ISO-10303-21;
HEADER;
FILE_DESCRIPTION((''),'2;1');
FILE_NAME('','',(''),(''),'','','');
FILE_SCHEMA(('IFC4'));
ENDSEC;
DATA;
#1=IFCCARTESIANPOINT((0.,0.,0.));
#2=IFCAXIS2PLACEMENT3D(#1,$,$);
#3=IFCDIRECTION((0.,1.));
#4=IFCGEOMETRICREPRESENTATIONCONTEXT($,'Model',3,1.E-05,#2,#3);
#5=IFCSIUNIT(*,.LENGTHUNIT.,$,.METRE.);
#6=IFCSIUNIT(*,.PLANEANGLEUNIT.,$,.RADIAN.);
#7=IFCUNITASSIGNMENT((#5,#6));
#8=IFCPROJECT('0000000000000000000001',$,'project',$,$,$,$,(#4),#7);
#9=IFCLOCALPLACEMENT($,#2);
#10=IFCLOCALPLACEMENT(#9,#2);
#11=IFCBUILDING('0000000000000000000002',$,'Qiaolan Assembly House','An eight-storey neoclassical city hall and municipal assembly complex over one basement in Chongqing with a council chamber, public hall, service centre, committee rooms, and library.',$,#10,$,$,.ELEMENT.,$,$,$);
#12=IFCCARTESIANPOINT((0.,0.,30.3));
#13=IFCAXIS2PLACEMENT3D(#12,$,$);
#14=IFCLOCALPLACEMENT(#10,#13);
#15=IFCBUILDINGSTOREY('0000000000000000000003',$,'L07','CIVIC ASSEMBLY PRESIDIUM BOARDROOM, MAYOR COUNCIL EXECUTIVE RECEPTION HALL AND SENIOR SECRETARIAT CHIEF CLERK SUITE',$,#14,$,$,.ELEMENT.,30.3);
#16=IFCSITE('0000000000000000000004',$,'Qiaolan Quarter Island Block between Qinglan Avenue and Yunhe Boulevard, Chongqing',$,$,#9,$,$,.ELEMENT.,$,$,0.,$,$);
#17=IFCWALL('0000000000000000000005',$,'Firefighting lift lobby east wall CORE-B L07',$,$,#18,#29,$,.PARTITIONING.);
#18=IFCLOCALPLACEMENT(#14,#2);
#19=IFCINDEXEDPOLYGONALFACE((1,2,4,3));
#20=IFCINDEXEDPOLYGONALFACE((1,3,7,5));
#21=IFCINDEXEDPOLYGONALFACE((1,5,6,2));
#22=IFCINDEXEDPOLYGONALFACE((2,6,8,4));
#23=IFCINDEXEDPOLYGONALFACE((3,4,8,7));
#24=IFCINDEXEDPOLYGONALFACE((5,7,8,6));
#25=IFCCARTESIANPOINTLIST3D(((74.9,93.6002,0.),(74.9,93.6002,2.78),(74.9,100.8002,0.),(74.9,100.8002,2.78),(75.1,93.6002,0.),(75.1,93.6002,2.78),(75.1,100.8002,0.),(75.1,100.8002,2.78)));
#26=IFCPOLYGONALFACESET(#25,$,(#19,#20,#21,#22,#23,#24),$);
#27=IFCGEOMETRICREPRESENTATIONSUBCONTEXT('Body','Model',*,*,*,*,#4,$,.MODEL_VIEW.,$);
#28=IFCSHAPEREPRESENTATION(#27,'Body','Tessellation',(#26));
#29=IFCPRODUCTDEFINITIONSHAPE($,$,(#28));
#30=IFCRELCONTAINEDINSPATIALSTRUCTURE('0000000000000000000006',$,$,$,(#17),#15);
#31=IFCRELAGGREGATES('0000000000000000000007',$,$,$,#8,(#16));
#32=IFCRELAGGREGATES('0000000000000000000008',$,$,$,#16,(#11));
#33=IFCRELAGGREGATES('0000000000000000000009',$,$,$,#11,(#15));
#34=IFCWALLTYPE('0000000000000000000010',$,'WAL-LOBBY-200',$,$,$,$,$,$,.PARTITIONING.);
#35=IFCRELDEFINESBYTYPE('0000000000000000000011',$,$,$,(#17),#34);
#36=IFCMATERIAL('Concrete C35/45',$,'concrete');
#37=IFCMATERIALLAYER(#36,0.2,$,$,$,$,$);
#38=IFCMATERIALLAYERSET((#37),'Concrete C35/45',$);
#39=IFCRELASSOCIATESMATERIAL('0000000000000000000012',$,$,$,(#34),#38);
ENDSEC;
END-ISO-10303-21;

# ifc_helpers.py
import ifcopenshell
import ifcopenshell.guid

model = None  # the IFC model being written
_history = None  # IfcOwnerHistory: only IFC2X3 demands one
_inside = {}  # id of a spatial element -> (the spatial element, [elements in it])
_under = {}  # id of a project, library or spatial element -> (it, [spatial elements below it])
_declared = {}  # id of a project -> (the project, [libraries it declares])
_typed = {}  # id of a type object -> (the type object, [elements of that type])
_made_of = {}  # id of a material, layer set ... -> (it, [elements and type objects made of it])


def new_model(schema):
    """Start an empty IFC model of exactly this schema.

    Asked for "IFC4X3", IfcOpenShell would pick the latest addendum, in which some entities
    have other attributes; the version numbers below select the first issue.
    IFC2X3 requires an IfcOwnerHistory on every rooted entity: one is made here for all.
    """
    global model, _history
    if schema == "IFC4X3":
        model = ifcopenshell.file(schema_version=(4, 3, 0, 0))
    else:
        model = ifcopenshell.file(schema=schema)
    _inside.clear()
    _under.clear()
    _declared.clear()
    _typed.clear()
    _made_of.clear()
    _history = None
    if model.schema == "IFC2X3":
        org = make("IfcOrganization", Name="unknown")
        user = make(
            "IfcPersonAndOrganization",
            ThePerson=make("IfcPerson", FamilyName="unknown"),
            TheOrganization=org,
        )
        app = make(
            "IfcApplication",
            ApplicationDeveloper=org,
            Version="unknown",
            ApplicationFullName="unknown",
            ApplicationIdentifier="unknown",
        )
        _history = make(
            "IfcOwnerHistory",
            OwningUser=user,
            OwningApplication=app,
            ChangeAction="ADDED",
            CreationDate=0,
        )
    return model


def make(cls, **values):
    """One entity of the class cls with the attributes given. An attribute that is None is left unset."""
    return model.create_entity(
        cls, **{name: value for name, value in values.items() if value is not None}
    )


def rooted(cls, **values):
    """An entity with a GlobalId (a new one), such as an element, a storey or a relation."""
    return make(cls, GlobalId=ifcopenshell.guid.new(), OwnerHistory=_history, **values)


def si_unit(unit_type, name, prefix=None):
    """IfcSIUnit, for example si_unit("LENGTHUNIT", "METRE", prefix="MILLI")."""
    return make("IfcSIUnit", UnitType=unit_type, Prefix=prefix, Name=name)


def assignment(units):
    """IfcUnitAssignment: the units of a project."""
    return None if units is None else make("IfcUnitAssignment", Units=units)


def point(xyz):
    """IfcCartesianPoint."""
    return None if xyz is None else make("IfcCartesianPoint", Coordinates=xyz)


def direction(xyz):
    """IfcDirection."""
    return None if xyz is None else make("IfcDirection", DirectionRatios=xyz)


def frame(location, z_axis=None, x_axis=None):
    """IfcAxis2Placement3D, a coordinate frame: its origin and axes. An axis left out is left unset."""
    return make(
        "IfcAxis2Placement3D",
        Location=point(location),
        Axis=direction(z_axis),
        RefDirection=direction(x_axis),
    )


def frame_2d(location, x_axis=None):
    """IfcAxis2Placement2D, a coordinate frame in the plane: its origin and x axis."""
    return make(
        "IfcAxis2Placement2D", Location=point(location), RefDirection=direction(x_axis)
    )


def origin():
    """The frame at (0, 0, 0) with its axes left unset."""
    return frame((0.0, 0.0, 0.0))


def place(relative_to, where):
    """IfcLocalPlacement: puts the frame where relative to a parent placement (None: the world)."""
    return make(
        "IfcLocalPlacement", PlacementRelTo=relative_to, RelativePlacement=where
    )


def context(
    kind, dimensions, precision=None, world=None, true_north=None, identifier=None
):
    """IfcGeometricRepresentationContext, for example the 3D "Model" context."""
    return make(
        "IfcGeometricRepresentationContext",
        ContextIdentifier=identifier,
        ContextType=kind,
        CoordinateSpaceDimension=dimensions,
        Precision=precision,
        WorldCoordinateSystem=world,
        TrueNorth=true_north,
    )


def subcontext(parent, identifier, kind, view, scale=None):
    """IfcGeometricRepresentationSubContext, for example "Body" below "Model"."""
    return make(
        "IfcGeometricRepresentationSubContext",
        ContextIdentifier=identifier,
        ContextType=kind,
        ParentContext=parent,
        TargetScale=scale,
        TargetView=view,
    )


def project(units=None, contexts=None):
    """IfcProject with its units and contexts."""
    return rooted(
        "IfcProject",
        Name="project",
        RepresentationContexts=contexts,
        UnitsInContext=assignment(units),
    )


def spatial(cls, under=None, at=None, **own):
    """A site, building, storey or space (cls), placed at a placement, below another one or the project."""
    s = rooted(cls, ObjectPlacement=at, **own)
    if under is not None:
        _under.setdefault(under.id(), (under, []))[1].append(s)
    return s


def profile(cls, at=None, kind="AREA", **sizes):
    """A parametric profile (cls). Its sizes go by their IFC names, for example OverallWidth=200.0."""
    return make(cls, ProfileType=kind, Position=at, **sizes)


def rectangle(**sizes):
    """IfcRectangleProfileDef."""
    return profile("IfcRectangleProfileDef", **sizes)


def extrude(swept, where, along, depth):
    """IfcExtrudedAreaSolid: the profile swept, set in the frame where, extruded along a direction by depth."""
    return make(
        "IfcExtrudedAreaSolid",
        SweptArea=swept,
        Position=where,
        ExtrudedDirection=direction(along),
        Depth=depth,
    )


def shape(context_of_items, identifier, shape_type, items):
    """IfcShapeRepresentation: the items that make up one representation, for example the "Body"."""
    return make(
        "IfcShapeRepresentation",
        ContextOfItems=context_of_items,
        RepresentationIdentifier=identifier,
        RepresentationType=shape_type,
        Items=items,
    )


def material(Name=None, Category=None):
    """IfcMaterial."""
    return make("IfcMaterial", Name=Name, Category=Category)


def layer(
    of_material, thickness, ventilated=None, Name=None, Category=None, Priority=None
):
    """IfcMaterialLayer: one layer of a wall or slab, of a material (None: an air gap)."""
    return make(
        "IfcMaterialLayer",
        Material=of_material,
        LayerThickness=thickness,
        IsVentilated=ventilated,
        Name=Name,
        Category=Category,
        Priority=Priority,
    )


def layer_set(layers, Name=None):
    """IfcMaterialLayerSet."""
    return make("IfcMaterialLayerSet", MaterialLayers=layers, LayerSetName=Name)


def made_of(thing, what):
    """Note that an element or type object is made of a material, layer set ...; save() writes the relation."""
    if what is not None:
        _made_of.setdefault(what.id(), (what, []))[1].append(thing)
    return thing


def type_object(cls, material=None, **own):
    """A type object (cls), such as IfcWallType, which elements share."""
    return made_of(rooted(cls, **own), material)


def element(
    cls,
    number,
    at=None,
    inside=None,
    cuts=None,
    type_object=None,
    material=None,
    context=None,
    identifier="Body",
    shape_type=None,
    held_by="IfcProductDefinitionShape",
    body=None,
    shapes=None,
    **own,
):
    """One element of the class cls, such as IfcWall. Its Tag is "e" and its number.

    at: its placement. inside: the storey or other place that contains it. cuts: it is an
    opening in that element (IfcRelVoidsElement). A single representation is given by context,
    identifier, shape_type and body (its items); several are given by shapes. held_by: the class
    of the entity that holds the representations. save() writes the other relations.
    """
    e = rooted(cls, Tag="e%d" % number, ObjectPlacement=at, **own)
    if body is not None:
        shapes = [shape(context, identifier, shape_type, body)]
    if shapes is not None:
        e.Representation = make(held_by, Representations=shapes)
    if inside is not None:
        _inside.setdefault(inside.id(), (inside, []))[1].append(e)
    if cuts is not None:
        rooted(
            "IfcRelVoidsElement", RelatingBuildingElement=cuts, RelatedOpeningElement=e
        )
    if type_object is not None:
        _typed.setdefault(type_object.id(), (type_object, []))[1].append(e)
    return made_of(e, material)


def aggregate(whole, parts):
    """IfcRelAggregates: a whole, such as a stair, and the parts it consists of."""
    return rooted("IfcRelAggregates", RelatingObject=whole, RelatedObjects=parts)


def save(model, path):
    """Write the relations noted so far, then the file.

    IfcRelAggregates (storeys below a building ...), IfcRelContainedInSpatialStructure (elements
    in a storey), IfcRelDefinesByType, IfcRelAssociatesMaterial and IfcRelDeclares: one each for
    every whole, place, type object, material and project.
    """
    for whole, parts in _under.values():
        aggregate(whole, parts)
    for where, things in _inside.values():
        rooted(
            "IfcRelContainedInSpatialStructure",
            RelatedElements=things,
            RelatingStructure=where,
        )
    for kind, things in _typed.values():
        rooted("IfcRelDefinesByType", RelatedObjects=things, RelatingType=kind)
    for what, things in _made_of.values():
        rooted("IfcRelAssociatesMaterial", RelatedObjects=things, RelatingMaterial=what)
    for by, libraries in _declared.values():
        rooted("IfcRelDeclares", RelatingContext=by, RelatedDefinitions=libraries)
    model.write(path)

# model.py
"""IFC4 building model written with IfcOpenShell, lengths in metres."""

from ifc_helpers import new_model, si_unit, direction, frame, frame_2d, origin, place, context, subcontext, project, spatial, rectangle, extrude, material, layer, layer_set, type_object, element, save


model = new_model("IFC4")

# Units and contexts
model_context = context("Model", 3, precision=1e-05, world=origin(), true_north=direction((0.0, 1.0)))
body_context = subcontext(model_context, "Body", "Model", "MODEL_VIEW")
ifc_project = project(units=[si_unit("LENGTHUNIT", "METRE"), si_unit("PLANEANGLEUNIT", "RADIAN")], contexts=[model_context])

# Site, building, storey
site_placement = place(None, origin())
site = spatial("IfcSite", under=ifc_project, at=site_placement, Name="Qiaolan Quarter Island Block between Qinglan Avenue and Yunhe Boulevard, Chongqing", CompositionType="ELEMENT", RefElevation=0.0)
building_placement = place(site_placement, origin())
building = spatial("IfcBuilding", under=site, at=building_placement, Name="Qiaolan Assembly House", Description="An eight-storey neoclassical city hall and municipal assembly complex over one basement in Chongqing with a council chamber, public hall, service centre, committee rooms, and library.", CompositionType="ELEMENT")
storey_placement = place(building_placement, frame((0.0, 0.0, 30.3)))
storey = spatial("IfcBuildingStorey", under=building, at=storey_placement, Name="L07", Description="CIVIC ASSEMBLY PRESIDIUM BOARDROOM, MAYOR COUNCIL EXECUTIVE RECEPTION HALL AND SENIOR SECRETARIAT CHIEF CLERK SUITE", CompositionType="ELEMENT", Elevation=30.3)

# Wall
ifc_material_1 = material(Name="Concrete C35/45", Category="concrete")
ifc_layer_1 = layer(ifc_material_1, 0.2)
ifc_layer_set_1 = layer_set([ifc_layer_1], Name="Concrete C35/45")
wall_type_1 = type_object("IfcWallType", Name="WAL-LOBBY-200", PredefinedType="PARTITIONING", material=ifc_layer_set_1)
wall_1_placement = place(storey_placement, frame((75.0, 93.6001, 0.0), z_axis=(0.0, 0.0, 1.0), x_axis=(0.0, 1.0, 0.0)))
element("IfcWall", 1, at=wall_1_placement, inside=storey, type_object=wall_type_1, Name="Firefighting lift lobby east wall CORE-B L07", PredefinedType="PARTITIONING", context=body_context, shape_type="SweptSolid", body=[
    extrude(rectangle(XDim=7.2, YDim=0.2, at=frame_2d((3.6001, 0.0))), origin(), (0.0, 0.0, 1.0), 2.78),
])

save(model, "model.ifc")
